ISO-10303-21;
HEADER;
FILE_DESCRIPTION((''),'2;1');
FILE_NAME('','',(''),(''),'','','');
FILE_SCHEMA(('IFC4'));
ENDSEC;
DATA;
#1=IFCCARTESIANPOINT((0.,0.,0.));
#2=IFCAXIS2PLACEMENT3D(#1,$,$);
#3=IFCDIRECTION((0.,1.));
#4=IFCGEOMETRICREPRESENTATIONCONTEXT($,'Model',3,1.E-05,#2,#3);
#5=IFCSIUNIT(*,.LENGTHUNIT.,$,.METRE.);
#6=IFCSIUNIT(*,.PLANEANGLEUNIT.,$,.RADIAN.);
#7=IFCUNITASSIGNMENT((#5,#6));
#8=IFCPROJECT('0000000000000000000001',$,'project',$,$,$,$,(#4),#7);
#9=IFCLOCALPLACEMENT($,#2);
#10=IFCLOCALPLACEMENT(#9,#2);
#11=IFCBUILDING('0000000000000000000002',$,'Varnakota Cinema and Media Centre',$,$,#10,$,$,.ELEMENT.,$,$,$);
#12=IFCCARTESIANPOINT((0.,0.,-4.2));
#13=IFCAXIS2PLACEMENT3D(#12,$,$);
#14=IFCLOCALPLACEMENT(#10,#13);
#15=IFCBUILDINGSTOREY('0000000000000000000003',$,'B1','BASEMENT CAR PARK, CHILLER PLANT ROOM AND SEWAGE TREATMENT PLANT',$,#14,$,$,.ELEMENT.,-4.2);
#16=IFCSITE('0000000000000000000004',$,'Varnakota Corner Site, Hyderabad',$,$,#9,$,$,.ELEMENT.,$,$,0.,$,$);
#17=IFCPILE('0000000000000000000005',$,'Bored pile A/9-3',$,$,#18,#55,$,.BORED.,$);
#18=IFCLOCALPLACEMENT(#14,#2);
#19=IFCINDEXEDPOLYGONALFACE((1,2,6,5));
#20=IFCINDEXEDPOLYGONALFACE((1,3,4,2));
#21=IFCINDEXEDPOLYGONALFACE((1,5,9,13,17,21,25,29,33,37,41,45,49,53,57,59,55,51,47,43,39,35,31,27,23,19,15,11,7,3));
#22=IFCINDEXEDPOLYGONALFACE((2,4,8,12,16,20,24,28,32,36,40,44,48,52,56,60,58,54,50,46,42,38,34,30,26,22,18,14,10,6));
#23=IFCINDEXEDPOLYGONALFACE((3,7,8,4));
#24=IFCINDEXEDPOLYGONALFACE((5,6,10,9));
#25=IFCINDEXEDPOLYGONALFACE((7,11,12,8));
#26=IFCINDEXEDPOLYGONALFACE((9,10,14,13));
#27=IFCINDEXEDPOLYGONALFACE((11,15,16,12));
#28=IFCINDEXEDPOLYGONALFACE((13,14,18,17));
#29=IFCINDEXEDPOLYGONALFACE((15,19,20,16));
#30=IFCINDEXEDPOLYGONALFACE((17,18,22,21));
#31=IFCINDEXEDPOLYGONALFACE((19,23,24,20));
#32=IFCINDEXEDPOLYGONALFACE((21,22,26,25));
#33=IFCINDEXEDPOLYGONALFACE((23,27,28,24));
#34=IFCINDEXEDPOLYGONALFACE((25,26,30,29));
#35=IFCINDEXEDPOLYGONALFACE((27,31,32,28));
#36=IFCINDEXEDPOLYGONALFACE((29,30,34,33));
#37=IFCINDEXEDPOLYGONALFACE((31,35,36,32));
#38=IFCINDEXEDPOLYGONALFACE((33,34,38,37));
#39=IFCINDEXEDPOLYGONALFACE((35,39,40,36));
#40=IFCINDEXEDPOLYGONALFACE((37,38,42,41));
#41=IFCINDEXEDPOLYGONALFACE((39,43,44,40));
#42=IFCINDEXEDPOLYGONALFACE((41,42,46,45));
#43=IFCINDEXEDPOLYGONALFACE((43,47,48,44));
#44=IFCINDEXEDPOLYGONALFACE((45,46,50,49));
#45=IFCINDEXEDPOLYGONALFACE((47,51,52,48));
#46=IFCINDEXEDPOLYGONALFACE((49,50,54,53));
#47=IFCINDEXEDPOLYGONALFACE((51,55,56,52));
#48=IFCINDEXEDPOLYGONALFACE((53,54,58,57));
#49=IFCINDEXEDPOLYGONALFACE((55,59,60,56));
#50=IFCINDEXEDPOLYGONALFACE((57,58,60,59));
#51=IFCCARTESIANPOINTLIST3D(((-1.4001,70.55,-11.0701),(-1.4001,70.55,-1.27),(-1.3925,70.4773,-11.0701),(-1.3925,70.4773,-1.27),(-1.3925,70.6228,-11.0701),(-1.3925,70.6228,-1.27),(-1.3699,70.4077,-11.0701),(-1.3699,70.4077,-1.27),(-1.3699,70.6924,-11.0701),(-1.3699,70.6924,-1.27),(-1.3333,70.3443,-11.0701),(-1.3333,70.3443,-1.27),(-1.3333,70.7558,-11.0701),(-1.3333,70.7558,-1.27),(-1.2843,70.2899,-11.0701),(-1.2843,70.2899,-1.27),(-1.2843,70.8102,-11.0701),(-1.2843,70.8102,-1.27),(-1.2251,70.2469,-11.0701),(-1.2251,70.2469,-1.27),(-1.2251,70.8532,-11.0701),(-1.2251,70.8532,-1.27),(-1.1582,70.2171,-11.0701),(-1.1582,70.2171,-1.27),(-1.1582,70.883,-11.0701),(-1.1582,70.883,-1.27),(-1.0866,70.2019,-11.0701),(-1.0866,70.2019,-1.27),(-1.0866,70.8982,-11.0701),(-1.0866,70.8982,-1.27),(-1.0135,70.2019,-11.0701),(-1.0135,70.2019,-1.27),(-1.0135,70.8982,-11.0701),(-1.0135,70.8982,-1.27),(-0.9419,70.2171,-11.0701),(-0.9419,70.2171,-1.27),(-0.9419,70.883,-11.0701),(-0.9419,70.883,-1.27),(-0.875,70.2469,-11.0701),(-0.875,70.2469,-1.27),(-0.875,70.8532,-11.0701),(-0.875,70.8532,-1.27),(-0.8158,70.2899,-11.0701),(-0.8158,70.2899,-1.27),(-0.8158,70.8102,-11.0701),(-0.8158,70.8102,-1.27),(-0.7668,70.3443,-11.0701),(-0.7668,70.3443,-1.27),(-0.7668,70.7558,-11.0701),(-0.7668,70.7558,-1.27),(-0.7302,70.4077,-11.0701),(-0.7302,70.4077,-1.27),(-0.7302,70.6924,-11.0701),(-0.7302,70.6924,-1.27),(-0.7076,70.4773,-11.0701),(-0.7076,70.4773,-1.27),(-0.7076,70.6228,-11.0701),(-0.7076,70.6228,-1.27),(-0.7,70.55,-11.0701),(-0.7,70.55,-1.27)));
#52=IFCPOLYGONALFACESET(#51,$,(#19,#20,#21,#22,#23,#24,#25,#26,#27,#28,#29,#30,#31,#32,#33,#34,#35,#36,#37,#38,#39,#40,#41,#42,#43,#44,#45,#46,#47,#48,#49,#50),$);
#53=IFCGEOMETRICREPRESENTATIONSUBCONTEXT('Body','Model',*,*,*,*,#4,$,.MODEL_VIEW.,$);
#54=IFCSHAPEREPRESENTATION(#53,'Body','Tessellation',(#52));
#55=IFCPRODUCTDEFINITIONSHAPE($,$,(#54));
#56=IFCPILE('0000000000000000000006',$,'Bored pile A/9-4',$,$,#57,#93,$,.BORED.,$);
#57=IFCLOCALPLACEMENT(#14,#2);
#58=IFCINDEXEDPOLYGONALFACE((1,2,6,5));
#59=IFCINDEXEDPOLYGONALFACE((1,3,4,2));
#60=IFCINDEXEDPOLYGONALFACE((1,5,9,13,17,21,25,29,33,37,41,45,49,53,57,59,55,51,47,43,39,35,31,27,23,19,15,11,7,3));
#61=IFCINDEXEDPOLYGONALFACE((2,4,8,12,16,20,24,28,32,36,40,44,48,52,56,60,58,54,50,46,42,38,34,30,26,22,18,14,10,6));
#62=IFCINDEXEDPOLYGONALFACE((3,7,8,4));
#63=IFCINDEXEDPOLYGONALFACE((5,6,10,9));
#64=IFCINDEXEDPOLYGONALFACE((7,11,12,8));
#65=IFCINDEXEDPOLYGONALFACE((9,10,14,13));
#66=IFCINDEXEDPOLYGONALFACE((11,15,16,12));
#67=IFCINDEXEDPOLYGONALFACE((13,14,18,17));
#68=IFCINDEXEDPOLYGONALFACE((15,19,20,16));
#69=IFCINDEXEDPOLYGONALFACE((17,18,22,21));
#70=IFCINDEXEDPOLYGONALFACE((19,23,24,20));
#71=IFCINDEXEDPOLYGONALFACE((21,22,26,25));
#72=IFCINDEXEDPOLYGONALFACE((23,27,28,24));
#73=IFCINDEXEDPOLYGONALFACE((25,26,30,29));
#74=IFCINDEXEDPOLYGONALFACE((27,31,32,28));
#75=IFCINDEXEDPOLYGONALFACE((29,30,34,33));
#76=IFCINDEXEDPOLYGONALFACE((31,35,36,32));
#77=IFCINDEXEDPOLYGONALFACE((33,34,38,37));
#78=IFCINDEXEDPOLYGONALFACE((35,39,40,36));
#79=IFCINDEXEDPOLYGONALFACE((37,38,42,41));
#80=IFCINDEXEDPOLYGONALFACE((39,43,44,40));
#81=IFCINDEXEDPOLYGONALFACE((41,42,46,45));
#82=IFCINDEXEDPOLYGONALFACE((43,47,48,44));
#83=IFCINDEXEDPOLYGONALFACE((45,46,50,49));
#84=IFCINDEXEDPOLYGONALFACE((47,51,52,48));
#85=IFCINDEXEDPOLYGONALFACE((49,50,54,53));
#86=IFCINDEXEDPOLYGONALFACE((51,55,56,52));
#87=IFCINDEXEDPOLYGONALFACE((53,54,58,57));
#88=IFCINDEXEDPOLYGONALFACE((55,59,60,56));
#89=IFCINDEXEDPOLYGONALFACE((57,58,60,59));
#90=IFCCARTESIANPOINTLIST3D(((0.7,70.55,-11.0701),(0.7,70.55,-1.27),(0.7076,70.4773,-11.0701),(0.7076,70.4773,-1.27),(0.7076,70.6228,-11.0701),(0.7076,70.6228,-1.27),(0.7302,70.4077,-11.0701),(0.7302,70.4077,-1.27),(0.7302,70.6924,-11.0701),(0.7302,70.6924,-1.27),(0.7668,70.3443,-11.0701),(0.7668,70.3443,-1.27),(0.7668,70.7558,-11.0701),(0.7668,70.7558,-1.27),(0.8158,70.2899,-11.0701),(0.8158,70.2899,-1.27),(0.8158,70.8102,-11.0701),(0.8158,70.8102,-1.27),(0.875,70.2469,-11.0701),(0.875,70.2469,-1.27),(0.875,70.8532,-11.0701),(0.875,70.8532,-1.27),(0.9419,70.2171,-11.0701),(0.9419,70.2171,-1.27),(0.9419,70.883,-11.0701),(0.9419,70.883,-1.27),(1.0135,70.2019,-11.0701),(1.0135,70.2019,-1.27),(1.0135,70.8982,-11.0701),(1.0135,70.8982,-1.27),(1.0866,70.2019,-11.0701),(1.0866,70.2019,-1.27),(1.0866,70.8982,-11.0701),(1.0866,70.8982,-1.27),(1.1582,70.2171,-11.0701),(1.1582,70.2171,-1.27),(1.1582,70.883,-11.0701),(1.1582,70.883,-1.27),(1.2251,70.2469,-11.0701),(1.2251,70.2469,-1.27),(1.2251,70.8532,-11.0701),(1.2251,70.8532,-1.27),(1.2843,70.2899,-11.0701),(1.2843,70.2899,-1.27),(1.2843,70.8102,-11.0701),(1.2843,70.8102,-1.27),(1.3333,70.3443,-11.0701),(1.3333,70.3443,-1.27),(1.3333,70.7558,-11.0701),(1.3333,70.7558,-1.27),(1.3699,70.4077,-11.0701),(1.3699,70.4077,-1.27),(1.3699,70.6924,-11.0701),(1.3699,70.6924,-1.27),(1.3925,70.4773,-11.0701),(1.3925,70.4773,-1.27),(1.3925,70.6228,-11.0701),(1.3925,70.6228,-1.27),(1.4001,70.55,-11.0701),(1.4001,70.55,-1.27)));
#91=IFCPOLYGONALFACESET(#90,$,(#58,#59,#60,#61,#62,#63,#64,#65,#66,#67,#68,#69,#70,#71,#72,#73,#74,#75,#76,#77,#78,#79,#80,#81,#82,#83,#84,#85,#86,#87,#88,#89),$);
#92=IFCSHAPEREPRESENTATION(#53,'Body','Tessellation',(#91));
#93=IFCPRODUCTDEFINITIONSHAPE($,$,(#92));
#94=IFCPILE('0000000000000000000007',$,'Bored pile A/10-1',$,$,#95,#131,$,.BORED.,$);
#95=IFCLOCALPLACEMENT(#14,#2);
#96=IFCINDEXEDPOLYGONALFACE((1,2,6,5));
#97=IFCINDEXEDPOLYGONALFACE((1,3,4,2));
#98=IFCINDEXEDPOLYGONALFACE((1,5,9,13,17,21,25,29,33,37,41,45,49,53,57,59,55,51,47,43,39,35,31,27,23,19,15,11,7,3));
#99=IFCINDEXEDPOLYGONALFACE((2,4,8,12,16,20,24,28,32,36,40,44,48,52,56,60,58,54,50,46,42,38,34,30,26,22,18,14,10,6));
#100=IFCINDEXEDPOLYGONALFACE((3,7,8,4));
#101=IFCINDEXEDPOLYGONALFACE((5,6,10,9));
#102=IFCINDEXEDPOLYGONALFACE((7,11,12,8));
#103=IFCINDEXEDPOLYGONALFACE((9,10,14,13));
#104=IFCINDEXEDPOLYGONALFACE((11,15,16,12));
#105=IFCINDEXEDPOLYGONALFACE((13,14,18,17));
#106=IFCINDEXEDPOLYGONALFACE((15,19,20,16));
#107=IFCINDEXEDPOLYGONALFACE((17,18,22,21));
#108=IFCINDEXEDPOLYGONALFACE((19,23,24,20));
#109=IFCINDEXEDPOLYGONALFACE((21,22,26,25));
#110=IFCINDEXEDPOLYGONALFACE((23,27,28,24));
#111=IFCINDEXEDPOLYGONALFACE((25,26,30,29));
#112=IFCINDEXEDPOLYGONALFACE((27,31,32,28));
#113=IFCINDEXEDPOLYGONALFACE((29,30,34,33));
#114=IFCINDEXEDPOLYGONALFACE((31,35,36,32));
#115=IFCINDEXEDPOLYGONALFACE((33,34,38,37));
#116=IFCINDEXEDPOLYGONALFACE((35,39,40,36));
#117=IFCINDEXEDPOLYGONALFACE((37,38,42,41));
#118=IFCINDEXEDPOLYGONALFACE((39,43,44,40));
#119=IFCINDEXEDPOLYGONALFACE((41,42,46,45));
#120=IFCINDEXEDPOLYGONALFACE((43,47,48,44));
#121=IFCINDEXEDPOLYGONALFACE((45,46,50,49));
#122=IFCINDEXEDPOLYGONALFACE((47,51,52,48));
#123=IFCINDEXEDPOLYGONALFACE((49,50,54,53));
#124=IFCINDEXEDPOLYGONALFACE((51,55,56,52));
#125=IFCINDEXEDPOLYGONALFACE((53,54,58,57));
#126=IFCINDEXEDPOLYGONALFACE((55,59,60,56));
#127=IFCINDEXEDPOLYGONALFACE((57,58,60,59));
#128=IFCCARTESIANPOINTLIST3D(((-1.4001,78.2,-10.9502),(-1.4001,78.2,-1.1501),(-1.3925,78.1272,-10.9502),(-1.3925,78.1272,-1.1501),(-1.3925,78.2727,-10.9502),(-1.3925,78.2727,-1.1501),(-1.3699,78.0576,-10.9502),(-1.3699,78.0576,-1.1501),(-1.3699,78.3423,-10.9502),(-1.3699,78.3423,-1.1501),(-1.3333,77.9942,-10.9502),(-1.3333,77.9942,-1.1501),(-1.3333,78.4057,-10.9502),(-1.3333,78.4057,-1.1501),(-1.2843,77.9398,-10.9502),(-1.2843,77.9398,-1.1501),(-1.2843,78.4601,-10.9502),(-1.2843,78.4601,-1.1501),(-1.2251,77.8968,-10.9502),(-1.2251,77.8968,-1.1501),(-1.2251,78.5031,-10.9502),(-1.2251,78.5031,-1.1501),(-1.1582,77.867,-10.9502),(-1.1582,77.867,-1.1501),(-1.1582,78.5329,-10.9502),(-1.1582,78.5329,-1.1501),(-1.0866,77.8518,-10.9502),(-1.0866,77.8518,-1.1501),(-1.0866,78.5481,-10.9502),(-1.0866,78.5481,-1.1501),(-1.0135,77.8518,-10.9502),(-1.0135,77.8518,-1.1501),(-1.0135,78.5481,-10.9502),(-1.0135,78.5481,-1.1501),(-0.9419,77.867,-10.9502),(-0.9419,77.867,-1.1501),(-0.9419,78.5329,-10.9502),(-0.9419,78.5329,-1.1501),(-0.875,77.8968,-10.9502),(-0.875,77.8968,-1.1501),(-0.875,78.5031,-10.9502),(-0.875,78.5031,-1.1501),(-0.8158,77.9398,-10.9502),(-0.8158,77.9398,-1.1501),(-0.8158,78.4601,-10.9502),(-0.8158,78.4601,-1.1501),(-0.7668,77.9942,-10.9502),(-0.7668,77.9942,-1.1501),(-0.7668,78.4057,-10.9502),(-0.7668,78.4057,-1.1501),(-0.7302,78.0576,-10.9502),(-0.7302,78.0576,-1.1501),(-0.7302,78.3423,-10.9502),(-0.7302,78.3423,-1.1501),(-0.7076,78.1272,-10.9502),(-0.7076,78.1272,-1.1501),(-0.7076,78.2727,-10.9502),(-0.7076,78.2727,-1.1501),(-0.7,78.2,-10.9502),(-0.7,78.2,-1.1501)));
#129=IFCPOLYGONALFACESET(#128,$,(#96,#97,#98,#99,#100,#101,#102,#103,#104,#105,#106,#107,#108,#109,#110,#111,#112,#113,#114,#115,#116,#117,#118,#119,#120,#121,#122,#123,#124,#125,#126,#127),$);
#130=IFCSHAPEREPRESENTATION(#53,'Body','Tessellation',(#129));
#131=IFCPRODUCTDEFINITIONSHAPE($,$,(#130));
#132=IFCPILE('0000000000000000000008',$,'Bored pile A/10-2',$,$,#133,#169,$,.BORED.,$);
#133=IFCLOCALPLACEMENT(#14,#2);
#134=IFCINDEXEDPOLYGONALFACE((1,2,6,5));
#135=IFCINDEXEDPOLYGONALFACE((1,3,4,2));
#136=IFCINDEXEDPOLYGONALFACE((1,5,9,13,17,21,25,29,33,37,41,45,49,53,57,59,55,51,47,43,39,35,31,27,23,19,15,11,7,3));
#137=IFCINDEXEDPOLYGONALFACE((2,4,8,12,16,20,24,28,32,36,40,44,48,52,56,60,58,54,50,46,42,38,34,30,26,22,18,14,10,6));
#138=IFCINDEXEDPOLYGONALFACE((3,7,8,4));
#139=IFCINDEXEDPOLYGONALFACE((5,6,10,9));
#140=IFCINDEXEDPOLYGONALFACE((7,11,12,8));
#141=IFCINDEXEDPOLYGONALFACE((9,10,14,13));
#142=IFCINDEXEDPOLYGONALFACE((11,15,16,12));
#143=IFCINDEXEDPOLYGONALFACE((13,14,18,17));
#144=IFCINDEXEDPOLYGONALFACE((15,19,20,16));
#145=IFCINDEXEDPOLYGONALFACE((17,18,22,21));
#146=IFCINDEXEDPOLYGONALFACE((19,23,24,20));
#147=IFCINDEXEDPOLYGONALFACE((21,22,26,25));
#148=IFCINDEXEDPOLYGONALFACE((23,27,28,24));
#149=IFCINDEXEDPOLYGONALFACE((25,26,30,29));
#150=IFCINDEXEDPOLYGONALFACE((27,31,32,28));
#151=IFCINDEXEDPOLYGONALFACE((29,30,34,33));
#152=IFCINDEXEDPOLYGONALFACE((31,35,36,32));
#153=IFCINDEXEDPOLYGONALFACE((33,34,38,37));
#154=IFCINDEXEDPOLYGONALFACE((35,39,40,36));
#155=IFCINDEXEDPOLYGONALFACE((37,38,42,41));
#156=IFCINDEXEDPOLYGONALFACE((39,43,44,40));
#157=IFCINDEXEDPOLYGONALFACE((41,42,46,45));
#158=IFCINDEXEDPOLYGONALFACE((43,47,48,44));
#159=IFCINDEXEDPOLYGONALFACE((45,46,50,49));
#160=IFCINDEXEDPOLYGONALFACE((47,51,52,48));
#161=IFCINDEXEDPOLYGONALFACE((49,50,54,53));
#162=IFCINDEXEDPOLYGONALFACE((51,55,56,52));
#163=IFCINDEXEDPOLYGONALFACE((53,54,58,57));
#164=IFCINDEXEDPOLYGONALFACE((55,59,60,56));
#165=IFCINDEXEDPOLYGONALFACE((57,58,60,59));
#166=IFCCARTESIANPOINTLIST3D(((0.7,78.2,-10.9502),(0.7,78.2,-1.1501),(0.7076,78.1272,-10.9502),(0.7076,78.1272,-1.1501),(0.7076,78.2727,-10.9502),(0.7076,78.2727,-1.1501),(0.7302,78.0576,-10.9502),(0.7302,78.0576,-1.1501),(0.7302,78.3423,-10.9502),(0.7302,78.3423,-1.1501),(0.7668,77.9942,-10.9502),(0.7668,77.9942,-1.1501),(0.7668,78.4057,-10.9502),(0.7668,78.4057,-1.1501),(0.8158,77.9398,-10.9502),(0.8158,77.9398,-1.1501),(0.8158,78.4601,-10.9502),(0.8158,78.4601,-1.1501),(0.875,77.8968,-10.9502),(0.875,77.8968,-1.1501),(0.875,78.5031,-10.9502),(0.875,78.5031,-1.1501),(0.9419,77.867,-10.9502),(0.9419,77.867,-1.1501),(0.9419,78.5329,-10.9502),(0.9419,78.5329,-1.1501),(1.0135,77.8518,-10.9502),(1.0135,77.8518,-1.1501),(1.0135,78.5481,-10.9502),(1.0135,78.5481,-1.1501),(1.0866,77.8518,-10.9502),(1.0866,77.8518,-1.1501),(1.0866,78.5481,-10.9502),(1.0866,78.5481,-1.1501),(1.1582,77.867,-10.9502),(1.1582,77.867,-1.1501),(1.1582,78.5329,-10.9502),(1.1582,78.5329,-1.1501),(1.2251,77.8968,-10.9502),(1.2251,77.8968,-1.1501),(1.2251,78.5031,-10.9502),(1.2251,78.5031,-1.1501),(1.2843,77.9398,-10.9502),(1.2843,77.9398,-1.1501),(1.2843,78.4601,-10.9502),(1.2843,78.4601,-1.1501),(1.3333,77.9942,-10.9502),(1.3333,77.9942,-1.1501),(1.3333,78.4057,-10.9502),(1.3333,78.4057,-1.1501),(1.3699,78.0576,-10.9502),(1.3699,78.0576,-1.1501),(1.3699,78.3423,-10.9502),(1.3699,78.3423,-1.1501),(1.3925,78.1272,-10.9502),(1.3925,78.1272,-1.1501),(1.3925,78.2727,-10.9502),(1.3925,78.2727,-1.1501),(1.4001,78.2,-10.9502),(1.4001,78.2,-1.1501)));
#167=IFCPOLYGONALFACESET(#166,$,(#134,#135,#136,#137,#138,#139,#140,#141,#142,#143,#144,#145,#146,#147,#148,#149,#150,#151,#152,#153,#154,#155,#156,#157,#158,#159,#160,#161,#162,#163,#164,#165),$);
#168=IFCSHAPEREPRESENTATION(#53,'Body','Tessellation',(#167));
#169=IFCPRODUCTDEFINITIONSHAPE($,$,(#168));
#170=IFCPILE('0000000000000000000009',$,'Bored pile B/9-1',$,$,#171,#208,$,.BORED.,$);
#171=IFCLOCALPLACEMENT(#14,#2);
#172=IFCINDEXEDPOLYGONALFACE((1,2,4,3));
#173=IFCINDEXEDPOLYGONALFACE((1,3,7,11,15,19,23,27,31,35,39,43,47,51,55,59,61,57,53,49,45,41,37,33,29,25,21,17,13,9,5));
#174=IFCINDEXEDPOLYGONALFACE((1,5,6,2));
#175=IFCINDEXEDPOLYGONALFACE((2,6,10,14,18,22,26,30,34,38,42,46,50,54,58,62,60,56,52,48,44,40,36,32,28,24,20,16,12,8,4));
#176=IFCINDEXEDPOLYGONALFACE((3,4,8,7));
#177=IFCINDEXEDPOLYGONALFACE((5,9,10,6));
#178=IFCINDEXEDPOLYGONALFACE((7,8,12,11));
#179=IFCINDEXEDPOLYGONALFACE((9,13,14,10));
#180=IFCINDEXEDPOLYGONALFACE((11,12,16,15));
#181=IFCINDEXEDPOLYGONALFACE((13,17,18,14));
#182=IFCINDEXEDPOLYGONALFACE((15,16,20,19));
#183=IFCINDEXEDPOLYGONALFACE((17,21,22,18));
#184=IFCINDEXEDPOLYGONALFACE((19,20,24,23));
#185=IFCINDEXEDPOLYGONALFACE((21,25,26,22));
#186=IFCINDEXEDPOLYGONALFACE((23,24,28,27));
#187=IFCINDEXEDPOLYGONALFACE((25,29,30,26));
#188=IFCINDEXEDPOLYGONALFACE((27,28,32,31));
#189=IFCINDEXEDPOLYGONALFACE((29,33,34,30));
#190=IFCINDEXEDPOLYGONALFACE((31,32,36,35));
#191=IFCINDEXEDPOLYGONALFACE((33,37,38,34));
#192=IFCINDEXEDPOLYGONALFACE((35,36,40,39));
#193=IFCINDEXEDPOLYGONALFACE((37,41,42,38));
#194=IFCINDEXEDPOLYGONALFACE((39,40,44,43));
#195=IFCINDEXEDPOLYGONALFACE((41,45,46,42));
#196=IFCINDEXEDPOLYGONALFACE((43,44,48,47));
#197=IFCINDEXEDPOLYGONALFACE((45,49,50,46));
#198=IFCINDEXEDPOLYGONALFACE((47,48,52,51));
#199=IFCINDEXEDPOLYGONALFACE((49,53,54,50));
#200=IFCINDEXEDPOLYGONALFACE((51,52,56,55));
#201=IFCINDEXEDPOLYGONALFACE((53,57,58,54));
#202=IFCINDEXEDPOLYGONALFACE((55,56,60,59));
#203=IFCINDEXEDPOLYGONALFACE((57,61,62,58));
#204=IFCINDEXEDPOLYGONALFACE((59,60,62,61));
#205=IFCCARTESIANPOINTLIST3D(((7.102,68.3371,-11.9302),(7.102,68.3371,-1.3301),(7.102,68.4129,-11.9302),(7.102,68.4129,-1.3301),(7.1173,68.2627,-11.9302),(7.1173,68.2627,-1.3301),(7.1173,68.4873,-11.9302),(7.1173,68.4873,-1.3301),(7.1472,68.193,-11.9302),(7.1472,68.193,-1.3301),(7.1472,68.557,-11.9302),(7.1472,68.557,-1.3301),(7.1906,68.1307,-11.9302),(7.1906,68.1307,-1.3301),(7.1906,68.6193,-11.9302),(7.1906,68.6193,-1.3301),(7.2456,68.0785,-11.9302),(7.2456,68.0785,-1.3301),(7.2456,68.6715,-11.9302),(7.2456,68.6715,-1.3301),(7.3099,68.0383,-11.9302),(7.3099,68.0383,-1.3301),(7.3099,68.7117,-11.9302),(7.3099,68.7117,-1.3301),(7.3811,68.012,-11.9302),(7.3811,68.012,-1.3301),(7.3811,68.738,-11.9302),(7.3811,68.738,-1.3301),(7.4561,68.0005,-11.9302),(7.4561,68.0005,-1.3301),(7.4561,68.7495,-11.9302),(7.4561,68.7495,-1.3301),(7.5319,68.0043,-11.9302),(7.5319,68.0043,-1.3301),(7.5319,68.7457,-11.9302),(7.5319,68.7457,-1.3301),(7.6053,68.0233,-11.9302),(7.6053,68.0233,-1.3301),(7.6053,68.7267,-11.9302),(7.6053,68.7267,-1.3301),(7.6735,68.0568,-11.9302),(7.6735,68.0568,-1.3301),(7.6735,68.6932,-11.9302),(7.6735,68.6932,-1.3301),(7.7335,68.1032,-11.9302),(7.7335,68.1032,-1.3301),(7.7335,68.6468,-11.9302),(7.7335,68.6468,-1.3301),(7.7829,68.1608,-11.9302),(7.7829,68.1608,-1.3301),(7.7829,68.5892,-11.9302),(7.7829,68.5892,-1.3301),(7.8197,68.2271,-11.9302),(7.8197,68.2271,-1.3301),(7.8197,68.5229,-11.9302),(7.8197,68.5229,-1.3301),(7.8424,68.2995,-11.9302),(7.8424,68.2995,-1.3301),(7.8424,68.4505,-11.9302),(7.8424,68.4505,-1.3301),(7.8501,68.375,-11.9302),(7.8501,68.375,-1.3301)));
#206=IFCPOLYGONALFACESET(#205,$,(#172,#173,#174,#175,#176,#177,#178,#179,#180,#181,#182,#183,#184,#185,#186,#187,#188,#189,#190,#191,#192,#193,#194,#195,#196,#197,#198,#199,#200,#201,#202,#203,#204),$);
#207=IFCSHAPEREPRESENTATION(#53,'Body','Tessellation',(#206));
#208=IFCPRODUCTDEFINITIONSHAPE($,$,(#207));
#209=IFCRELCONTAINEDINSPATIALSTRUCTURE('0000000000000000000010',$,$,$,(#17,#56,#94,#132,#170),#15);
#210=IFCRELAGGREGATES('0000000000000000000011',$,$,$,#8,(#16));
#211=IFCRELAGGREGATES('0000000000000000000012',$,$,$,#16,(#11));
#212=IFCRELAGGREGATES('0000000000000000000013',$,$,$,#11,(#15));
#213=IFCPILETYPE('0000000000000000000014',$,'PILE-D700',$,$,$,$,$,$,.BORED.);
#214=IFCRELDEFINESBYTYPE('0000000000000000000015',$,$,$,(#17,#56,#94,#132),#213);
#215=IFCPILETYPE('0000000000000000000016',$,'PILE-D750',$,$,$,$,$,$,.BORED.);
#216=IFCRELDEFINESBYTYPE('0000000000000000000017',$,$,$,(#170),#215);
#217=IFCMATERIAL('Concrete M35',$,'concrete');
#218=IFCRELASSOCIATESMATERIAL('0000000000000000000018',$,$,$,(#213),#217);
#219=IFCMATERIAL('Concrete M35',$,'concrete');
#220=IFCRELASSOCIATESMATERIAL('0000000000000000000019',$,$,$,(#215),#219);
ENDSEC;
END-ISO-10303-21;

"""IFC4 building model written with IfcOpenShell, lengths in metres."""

from ifc_helpers import new_model, si_unit, direction, frame, origin, origin_2d, place, context, subcontext, project, spatial, circle, extrude, material, material_profile, profile_set, type_object, element, save


model = new_model("IFC4")

# Units and contexts
model_context = context("Model", 3, precision=1e-05, world=origin(), true_north=direction((0.0, 1.0)))
body_context = subcontext(model_context, "Body", "Model", "MODEL_VIEW")
ifc_project = project(units=[si_unit("LENGTHUNIT", "METRE"), si_unit("PLANEANGLEUNIT", "RADIAN")], contexts=[model_context])

# Site, building, storey
site_placement = place(None, origin())
site = spatial("IfcSite", under=ifc_project, at=site_placement, Name="Varnakota Corner Site, Hyderabad", CompositionType="ELEMENT", RefElevation=0.0)
building_placement = place(site_placement, origin())
building = spatial("IfcBuilding", under=site, at=building_placement, Name="Varnakota Cinema and Media Centre", CompositionType="ELEMENT")
storey_placement = place(building_placement, frame((0.0, 0.0, -4.2)))
storey = spatial("IfcBuildingStorey", under=building, at=storey_placement, Name="B1", Description="BASEMENT CAR PARK, CHILLER PLANT ROOM AND SEWAGE TREATMENT PLANT", CompositionType="ELEMENT", Elevation=-4.2)

# Piles
ifc_material_1 = material(Name="Concrete M35", Category="concrete")
ifc_material_profile_1 = material_profile(ifc_material_1, circle(Radius=0.3501, at=origin_2d()), Name="PILE D700")
ifc_profile_set_1 = profile_set([ifc_material_profile_1], Name="Concrete M35")
pile_type_1 = type_object("IfcPileType", Name="PILE-D700", PredefinedType="BORED", material=ifc_profile_set_1)
for number, where, z_axis, x_axis, name in (
    (1, (-1.05, 70.55, -1.27), (0.0, 0.0, -1.0), (1.0, 0.0, 0.0), "Bored pile A/9-3"),
    (2, (1.05, 70.55, -1.27), (0.0, 0.0, -1.0), (1.0, 0.0, 0.0), "Bored pile A/9-4"),
    (3, (-1.05, 78.2, -1.1501), (0.0, 0.0, -1.0), (1.0, 0.0, 0.0), "Bored pile A/10-1"),
    (4, (1.05, 78.2, -1.1501), (0.0, 0.0, -1.0), (1.0, 0.0, 0.0), "Bored pile A/10-2"),
):
    element("IfcPile", number, at=place(storey_placement, frame(where, z_axis=z_axis, x_axis=x_axis)), inside=storey, type_object=pile_type_1, Name=name, PredefinedType="BORED", context=body_context, shape_type="SweptSolid", body=[
        extrude(circle(Radius=0.3501, at=origin_2d()), origin(), (0.0, 0.0, 1.0), 9.8),
    ])
ifc_material_2 = material(Name="Concrete M35", Category="concrete")
ifc_material_profile_2 = material_profile(ifc_material_2, circle(Radius=0.375, at=origin_2d()), Name="PILE D750")
ifc_profile_set_2 = profile_set([ifc_material_profile_2], Name="Concrete M35")
pile_type_2 = type_object("IfcPileType", Name="PILE-D750", PredefinedType="BORED", material=ifc_profile_set_2)
for number, where, z_axis, x_axis, name in (
    (5, (7.4751, 68.375, -1.3301), (0.0, 0.0, -1.0), (1.0, 0.0, 0.0), "Bored pile B/9-1"),
):
    element("IfcPile", number, at=place(storey_placement, frame(where, z_axis=z_axis, x_axis=x_axis)), inside=storey, type_object=pile_type_2, Name=name, PredefinedType="BORED", context=body_context, shape_type="SweptSolid", body=[
        extrude(circle(Radius=0.375, at=origin_2d()), origin(), (0.0, 0.0, 1.0), 10.6001),
    ])

save(model, "model.ifc")
